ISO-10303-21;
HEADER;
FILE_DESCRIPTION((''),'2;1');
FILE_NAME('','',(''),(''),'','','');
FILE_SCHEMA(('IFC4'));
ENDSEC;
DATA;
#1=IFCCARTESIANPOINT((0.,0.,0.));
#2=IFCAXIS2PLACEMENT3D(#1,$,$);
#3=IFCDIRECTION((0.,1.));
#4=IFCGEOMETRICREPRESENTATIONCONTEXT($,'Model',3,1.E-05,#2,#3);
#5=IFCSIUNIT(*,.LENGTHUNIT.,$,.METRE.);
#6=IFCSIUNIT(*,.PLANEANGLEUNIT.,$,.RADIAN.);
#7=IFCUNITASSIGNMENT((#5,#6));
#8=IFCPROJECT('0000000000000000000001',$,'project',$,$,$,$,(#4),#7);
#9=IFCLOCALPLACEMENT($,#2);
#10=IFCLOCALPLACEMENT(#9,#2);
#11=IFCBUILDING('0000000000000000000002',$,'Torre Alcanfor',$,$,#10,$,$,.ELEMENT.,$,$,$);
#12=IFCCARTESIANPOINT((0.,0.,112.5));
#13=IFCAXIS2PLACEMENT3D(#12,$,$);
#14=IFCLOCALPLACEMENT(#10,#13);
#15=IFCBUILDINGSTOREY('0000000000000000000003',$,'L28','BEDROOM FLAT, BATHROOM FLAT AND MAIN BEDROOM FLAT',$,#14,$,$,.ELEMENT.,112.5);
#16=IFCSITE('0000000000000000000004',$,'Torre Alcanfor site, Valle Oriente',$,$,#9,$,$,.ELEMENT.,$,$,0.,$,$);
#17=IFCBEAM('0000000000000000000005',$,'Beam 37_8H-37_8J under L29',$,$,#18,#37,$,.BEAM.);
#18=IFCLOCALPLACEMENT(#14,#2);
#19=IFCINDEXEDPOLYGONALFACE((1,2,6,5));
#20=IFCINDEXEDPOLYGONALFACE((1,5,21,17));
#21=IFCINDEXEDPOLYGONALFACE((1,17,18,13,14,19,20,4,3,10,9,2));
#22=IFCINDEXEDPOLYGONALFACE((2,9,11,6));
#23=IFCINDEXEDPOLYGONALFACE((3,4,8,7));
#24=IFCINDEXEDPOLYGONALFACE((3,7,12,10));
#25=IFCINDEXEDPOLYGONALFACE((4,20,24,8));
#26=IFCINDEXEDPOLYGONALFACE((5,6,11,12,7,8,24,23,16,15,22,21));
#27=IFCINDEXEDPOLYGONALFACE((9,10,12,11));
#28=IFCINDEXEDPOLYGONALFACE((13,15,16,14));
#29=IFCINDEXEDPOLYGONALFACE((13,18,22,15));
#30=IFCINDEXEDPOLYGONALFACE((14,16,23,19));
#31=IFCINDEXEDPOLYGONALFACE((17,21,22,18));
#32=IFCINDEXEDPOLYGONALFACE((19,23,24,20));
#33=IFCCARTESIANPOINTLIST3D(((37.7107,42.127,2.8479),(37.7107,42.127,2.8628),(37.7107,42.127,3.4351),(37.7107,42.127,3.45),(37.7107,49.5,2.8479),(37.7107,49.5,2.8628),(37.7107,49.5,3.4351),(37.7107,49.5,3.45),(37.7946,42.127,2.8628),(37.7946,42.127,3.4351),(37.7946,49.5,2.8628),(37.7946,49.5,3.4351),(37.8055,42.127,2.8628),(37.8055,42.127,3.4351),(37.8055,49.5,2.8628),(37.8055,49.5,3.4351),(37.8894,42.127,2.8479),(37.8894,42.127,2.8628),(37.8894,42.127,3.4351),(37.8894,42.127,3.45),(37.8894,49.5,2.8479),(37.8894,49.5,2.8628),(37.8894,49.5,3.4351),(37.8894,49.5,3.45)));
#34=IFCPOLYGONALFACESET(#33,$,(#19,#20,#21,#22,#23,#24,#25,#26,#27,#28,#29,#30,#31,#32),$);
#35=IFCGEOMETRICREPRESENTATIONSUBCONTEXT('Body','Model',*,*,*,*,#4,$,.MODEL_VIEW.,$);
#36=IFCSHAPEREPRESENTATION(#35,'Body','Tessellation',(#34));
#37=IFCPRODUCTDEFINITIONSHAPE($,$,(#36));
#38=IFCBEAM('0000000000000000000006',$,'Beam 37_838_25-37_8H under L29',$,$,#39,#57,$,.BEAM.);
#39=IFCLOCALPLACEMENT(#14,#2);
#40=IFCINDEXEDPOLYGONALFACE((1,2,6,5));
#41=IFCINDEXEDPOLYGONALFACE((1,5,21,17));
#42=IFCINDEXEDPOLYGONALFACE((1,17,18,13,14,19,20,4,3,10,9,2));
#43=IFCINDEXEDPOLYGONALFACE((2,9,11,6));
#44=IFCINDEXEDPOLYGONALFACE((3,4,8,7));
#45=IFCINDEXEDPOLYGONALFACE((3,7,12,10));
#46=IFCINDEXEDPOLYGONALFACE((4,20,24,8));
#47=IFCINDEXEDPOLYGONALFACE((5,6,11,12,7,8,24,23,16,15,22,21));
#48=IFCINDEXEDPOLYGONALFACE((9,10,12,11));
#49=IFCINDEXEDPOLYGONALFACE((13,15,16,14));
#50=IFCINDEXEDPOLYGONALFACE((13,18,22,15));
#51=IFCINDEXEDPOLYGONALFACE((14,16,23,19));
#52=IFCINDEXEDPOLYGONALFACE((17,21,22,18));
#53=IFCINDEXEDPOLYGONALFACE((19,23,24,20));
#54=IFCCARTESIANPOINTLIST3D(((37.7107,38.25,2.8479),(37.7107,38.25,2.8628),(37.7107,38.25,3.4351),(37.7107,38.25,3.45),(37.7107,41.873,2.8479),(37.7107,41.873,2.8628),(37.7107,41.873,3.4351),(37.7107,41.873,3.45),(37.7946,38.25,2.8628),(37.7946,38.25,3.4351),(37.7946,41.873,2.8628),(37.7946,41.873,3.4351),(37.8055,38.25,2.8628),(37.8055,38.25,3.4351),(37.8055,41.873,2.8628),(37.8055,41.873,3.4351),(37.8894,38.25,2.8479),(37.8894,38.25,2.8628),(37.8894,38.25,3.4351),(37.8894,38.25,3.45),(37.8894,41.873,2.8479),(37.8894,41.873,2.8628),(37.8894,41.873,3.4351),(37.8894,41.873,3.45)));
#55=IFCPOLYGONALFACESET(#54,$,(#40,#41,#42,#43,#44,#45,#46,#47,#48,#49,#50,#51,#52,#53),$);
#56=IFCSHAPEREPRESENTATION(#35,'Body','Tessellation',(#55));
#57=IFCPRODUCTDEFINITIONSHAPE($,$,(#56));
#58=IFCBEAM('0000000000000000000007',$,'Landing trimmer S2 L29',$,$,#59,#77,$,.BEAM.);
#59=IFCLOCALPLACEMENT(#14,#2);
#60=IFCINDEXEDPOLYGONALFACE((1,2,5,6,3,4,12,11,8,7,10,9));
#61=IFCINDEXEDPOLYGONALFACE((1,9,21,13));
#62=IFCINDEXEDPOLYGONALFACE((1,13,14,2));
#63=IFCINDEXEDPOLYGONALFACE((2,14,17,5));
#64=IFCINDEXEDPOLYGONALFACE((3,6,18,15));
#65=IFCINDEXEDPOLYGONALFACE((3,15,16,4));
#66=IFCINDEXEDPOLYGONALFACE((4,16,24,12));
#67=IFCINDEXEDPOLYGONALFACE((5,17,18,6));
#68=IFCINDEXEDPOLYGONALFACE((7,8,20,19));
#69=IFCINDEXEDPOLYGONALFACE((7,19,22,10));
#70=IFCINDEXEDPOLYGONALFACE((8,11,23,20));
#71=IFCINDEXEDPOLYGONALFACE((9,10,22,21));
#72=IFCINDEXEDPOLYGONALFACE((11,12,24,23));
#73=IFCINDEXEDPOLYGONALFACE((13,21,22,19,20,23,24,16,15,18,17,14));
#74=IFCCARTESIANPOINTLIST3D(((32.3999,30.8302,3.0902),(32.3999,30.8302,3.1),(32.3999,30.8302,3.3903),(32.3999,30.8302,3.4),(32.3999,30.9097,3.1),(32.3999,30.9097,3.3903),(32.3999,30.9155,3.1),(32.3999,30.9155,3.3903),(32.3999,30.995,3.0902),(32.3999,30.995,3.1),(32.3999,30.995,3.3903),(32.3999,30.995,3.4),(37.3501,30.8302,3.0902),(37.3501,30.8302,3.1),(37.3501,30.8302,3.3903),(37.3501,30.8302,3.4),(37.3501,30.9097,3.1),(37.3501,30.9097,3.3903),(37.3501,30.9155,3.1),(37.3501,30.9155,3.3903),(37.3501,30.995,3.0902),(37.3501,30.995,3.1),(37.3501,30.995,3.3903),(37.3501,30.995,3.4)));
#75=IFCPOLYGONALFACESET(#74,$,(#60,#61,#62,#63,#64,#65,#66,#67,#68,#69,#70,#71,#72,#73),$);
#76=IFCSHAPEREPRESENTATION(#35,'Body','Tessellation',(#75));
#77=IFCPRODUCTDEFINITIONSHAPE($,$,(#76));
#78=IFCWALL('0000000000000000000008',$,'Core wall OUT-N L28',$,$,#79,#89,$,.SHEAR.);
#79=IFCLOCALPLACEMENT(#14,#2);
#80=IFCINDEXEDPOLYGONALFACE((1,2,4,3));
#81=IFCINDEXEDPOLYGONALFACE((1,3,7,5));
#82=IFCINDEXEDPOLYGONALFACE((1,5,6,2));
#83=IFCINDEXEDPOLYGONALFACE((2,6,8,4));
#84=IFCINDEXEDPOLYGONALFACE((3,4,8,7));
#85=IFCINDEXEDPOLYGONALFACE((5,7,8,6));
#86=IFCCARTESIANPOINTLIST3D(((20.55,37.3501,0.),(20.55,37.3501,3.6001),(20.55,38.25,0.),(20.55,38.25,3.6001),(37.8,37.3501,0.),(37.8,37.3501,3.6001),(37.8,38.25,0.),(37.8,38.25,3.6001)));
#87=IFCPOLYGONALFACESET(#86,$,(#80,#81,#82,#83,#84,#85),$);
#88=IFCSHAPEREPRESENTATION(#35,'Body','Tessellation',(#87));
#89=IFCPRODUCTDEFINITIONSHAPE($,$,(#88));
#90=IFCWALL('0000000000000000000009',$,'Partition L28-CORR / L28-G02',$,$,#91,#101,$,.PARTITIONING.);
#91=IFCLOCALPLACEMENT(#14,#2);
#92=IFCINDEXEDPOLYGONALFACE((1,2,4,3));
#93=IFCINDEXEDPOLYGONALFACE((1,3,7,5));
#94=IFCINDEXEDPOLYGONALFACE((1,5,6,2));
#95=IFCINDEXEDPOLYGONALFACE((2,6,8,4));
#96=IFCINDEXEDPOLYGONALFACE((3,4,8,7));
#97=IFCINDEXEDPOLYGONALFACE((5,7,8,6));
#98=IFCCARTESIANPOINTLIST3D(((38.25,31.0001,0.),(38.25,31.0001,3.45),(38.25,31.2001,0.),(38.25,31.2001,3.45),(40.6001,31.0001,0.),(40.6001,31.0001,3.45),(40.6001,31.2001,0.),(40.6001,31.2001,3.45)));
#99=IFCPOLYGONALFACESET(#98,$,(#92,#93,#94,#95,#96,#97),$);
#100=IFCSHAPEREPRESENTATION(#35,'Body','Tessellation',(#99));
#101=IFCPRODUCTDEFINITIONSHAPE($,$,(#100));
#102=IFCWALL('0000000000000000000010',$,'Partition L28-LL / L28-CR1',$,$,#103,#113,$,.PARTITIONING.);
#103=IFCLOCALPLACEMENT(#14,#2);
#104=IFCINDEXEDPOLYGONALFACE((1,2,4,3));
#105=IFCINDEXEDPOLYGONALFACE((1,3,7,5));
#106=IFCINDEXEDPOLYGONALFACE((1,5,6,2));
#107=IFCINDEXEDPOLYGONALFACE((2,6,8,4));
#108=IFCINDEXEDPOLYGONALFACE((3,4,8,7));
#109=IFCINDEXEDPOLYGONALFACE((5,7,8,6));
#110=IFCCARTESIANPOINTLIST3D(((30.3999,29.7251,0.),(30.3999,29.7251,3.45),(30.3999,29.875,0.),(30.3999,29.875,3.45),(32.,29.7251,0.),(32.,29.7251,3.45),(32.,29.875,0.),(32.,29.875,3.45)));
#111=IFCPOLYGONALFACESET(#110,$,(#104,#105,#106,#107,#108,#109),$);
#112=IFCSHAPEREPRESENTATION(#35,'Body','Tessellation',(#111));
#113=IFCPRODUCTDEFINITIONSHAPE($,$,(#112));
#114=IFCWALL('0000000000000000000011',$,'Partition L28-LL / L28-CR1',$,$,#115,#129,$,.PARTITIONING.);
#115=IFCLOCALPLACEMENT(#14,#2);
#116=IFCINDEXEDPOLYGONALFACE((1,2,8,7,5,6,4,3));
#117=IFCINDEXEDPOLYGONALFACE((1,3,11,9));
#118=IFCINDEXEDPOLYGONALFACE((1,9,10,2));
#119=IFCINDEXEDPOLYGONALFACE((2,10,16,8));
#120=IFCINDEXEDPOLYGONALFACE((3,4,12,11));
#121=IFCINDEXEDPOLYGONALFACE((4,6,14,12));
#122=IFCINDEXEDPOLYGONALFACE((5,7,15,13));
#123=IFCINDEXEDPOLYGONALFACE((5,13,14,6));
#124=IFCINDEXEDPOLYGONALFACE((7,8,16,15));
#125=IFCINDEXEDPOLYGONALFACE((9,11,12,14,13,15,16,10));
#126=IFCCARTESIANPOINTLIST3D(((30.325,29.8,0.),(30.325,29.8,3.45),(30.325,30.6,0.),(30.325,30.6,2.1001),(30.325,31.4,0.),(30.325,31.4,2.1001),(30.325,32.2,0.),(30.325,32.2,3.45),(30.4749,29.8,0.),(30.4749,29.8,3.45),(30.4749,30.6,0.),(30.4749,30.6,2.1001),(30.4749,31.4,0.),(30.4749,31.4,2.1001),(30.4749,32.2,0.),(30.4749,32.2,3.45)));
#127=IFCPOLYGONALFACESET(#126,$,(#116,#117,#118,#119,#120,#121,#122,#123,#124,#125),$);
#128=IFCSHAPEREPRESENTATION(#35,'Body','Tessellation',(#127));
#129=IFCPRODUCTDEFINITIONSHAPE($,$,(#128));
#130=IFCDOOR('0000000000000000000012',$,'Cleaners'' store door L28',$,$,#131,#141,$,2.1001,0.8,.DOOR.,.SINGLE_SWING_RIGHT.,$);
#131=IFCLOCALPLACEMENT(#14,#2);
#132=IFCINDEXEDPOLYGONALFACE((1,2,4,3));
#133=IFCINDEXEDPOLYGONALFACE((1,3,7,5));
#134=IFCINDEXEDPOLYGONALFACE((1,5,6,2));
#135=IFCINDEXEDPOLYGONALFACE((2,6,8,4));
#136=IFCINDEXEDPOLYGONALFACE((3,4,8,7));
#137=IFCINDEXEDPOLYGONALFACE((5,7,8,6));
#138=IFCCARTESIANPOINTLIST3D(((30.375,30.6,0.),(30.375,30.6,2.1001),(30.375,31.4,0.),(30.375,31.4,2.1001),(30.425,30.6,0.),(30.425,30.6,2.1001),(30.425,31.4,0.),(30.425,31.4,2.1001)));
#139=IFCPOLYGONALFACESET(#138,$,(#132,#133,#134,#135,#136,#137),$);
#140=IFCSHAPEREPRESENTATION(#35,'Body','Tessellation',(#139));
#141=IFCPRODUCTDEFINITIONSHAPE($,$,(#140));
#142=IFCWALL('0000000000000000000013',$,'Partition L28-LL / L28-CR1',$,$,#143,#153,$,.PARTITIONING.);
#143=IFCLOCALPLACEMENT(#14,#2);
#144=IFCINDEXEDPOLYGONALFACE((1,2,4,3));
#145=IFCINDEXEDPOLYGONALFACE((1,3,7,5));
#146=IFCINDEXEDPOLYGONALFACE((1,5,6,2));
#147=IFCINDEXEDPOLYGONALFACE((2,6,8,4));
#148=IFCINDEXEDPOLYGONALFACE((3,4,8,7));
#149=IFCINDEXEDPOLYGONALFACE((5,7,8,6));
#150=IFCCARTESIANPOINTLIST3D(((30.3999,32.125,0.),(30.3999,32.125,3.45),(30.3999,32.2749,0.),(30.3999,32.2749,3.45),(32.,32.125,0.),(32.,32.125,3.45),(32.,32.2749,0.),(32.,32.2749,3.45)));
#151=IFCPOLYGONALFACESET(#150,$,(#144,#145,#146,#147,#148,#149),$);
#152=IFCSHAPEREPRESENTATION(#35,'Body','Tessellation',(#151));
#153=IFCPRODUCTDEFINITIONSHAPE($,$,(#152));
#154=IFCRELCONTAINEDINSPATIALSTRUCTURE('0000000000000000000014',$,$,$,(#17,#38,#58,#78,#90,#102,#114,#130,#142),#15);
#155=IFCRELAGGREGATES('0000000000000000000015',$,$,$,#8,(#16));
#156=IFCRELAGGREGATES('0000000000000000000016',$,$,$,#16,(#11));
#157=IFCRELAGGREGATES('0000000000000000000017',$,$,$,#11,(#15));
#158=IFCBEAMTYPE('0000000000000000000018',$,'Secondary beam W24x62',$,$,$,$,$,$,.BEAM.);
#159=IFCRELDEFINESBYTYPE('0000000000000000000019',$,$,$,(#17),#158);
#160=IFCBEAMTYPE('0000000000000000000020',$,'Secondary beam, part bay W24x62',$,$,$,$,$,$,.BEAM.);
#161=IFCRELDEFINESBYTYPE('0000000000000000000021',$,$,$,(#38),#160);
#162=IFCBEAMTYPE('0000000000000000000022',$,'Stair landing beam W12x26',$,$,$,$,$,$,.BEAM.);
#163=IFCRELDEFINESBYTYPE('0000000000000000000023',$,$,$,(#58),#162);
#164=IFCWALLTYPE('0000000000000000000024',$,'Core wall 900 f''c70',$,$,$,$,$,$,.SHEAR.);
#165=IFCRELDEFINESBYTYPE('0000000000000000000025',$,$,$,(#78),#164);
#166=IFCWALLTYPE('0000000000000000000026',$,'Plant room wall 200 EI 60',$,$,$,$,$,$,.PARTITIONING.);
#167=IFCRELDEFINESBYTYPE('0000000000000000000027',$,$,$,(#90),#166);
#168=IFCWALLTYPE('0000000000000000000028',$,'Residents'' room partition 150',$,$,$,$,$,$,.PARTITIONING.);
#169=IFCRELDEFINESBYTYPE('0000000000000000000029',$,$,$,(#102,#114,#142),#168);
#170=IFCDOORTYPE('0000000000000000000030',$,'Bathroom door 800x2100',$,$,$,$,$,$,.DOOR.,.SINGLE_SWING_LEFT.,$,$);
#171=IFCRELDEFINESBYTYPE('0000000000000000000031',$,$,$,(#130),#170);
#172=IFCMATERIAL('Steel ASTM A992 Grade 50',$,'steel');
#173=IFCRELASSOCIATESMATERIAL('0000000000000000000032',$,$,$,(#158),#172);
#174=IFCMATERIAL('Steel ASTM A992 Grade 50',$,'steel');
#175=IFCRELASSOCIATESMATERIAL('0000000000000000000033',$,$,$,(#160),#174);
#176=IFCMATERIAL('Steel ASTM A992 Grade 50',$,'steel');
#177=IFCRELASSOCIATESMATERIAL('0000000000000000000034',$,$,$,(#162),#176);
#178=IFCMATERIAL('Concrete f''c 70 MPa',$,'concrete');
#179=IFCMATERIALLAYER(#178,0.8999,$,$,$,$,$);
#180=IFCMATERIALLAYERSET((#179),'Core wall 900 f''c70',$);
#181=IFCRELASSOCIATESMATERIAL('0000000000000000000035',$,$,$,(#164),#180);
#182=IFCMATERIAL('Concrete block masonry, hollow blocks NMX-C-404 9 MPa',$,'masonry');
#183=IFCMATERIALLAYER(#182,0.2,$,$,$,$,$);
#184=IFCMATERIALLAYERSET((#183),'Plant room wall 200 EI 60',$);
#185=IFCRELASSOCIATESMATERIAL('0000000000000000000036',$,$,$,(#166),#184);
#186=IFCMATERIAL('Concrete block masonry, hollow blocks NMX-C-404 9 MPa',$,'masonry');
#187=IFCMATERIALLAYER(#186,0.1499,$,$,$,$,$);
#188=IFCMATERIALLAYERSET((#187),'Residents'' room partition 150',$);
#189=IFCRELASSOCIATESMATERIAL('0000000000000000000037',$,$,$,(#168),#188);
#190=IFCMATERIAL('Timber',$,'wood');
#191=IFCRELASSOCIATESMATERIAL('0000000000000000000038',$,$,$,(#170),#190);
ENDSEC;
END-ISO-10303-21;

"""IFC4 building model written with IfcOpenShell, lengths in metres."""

from ifc_helpers import new_model, si_unit, direction, frame, frame_2d, origin, origin_2d, place, context, subcontext, project, spatial, rectangle, i_section, extrude, material, layer, layer_set, material_profile, profile_set, type_object, element, fill, save


model = new_model("IFC4")

# Units and contexts
model_context = context("Model", 3, precision=1e-05, world=origin(), true_north=direction((0.0, 1.0)))
body_context = subcontext(model_context, "Body", "Model", "MODEL_VIEW")
ifc_project = project(units=[si_unit("LENGTHUNIT", "METRE"), si_unit("PLANEANGLEUNIT", "RADIAN")], contexts=[model_context])

# Site, building, storey
site_placement = place(None, origin())
site = spatial("IfcSite", under=ifc_project, at=site_placement, Name="Torre Alcanfor site, Valle Oriente", CompositionType="ELEMENT", RefElevation=0.0)
building_placement = place(site_placement, origin())
building = spatial("IfcBuilding", under=site, at=building_placement, Name="Torre Alcanfor", CompositionType="ELEMENT")
storey_placement = place(building_placement, frame((0.0, 0.0, 112.5)))
storey = spatial("IfcBuildingStorey", under=building, at=storey_placement, Name="L28", Description="BEDROOM FLAT, BATHROOM FLAT AND MAIN BEDROOM FLAT", CompositionType="ELEMENT", Elevation=112.5)

# Beams
ifc_material_1 = material(Name="Steel ASTM A992 Grade 50", Category="steel")
ifc_material_profile_1 = material_profile(ifc_material_1, i_section(OverallWidth=0.1787, OverallDepth=0.6021, WebThickness=0.011, FlangeThickness=0.0149, at=origin_2d()), Name="W24x62")
ifc_profile_set_1 = profile_set([ifc_material_profile_1], Name="Steel ASTM A992 Grade 50")
beam_type_1 = type_object("IfcBeamType", Name="Secondary beam W24x62", PredefinedType="BEAM", material=ifc_profile_set_1)
beam_1_placement = place(storey_placement, frame((37.8, 42.127, 3.1489), z_axis=(0.0, 1.0, 0.0), x_axis=(-1.0, 0.0, 0.0)))
element("IfcBeam", 1, at=beam_1_placement, inside=storey, type_object=beam_type_1, Name="Beam 37_8H-37_8J under L29", PredefinedType="BEAM", context=body_context, shape_type="SweptSolid", body=[
    extrude(i_section(OverallWidth=0.1787, OverallDepth=0.6021, WebThickness=0.011, FlangeThickness=0.0149, at=origin_2d()), origin(), (0.0, 0.0, 1.0), 7.373),
])
ifc_material_2 = material(Name="Steel ASTM A992 Grade 50", Category="steel")
ifc_material_profile_2 = material_profile(ifc_material_2, i_section(OverallWidth=0.1787, OverallDepth=0.6021, WebThickness=0.011, FlangeThickness=0.0149, at=origin_2d()), Name="W24x62")
ifc_profile_set_2 = profile_set([ifc_material_profile_2], Name="Steel ASTM A992 Grade 50")
beam_type_2 = type_object("IfcBeamType", Name="Secondary beam, part bay W24x62", PredefinedType="BEAM", material=ifc_profile_set_2)
beam_2_placement = place(storey_placement, frame((37.8, 38.25, 3.1489), z_axis=(0.0, 1.0, 0.0), x_axis=(-1.0, 0.0, 0.0)))
element("IfcBeam", 2, at=beam_2_placement, inside=storey, type_object=beam_type_2, Name="Beam 37_838_25-37_8H under L29", PredefinedType="BEAM", context=body_context, shape_type="SweptSolid", body=[
    extrude(i_section(OverallWidth=0.1787, OverallDepth=0.6021, WebThickness=0.011, FlangeThickness=0.0149, at=origin_2d()), origin(), (0.0, 0.0, 1.0), 3.623),
])
ifc_material_3 = material(Name="Steel ASTM A992 Grade 50", Category="steel")
ifc_material_profile_3 = material_profile(ifc_material_3, i_section(OverallWidth=0.1648, OverallDepth=0.3098, WebThickness=0.0059, FlangeThickness=0.0098, at=origin_2d()), Name="W12x26")
ifc_profile_set_3 = profile_set([ifc_material_profile_3], Name="Steel ASTM A992 Grade 50")
beam_type_3 = type_object("IfcBeamType", Name="Stair landing beam W12x26", PredefinedType="BEAM", material=ifc_profile_set_3)
beam_3_placement = place(storey_placement, frame((32.3999, 30.9126, 3.2451), z_axis=(1.0, 0.0, 0.0), x_axis=(0.0, 1.0, 0.0)))
element("IfcBeam", 3, at=beam_3_placement, inside=storey, type_object=beam_type_3, Name="Landing trimmer S2 L29", PredefinedType="BEAM", context=body_context, shape_type="SweptSolid", body=[
    extrude(i_section(OverallWidth=0.1648, OverallDepth=0.3098, WebThickness=0.0059, FlangeThickness=0.0098, at=origin_2d()), origin(), (0.0, 0.0, 1.0), 4.9502),
])

# Walls
ifc_material_4 = material(Name="Concrete f'c 70 MPa", Category="concrete")
ifc_layer_1 = layer(ifc_material_4, 0.8999)
ifc_layer_set_1 = layer_set([ifc_layer_1], Name="Core wall 900 f'c70")
wall_type_1 = type_object("IfcWallType", Name="Core wall 900 f'c70", PredefinedType="SHEAR", material=ifc_layer_set_1)
wall_1_placement = place(storey_placement, frame((37.8, 37.8, 0.0), z_axis=(0.0, 0.0, 1.0), x_axis=(-1.0, 0.0, 0.0)))
element("IfcWall", 4, at=wall_1_placement, inside=storey, type_object=wall_type_1, Name="Core wall OUT-N L28", PredefinedType="SHEAR", context=body_context, shape_type="SweptSolid", body=[
    extrude(rectangle(XDim=17.25, YDim=0.8999, at=frame_2d((8.625, 0.0))), origin(), (0.0, 0.0, 1.0), 3.6001),
])
ifc_material_5 = material(Name="Concrete block masonry, hollow blocks NMX-C-404 9 MPa", Category="masonry")
ifc_layer_2 = layer(ifc_material_5, 0.2)
ifc_layer_set_2 = layer_set([ifc_layer_2], Name="Plant room wall 200 EI 60")
wall_type_2 = type_object("IfcWallType", Name="Plant room wall 200 EI 60", PredefinedType="PARTITIONING", material=ifc_layer_set_2)
wall_2_placement = place(storey_placement, frame((40.6001, 31.1001, 0.0), z_axis=(0.0, 0.0, 1.0), x_axis=(-1.0, 0.0, 0.0)))
element("IfcWall", 5, at=wall_2_placement, inside=storey, type_object=wall_type_2, Name="Partition L28-CORR / L28-G02", PredefinedType="PARTITIONING", context=body_context, shape_type="SweptSolid", body=[
    extrude(rectangle(XDim=2.3501, YDim=0.2, at=frame_2d((1.175, 0.0))), origin(), (0.0, 0.0, 1.0), 3.45),
])
ifc_material_6 = material(Name="Concrete block masonry, hollow blocks NMX-C-404 9 MPa", Category="masonry")
ifc_layer_3 = layer(ifc_material_6, 0.1499)
ifc_layer_set_3 = layer_set([ifc_layer_3], Name="Residents' room partition 150")
wall_type_3 = type_object("IfcWallType", Name="Residents' room partition 150", PredefinedType="PARTITIONING", material=ifc_layer_set_3)
wall_3_placement = place(storey_placement, frame((32.0, 29.8, 0.0), z_axis=(0.0, 0.0, 1.0), x_axis=(-1.0, 0.0, 0.0)))
element("IfcWall", 6, at=wall_3_placement, inside=storey, type_object=wall_type_3, Name="Partition L28-LL / L28-CR1", PredefinedType="PARTITIONING", context=body_context, shape_type="SweptSolid", body=[
    extrude(rectangle(XDim=1.6001, YDim=0.1499, at=frame_2d((0.8, 0.0))), origin(), (0.0, 0.0, 1.0), 3.45),
])

# Wall, opening, door
wall_4_placement = place(storey_placement, frame((30.3999, 29.8, 0.0), z_axis=(0.0, 0.0, 1.0), x_axis=(0.0, 1.0, 0.0)))
wall_4 = element("IfcWall", 7, at=wall_4_placement, inside=storey, type_object=wall_type_3, Name="Partition L28-LL / L28-CR1", PredefinedType="PARTITIONING", context=body_context, shape_type="SweptSolid", body=[
    extrude(rectangle(XDim=2.3999, YDim=0.1499, at=frame_2d((1.2, 0.0))), origin(), (0.0, 0.0, 1.0), 3.45),
])
opening_placement = place(wall_4_placement, frame((0.8, 0.0, 0.0)))
opening = element("IfcOpeningElement", 8, at=opening_placement, cuts=wall_4, PredefinedType="OPENING", context=body_context, shape_type="SweptSolid", body=[
    extrude(rectangle(XDim=0.8, YDim=2.1001, at=frame_2d((0.3999, 1.05))), frame((0.0, 0.085, 0.0), z_axis=(0.0, -1.0, 0.0), x_axis=(1.0, 0.0, 0.0)), (0.0, 0.0, 1.0), 0.1699),
])
ifc_material_7 = material(Name="Timber", Category="wood")
door_type = type_object("IfcDoorType", Name="Bathroom door 800x2100", OperationType="SINGLE_SWING_LEFT", PredefinedType="DOOR", material=ifc_material_7)
door_placement = place(opening_placement, frame((0.8, 0.0, 0.0), z_axis=(0.0, 0.0, 1.0), x_axis=(-1.0, 0.0, 0.0)))
door = element("IfcDoor", 9, at=door_placement, inside=storey, type_object=door_type, Name="Cleaners' store door L28", OperationType="SINGLE_SWING_RIGHT", OverallHeight=2.1001, OverallWidth=0.8, PredefinedType="DOOR", context=body_context, shape_type="SweptSolid", body=[
    extrude(rectangle(XDim=0.8, YDim=2.1001, at=frame_2d((0.4001, 1.05))), frame((0.0, 0.0251, 0.0), z_axis=(0.0, -1.0, 0.0), x_axis=(1.0, 0.0, 0.0)), (0.0, 0.0, 1.0), 0.05),
])
fill(opening, door)

# Wall
wall_5_placement = place(storey_placement, frame((30.3999, 32.2, 0.0), z_axis=(0.0, 0.0, 1.0), x_axis=(1.0, 0.0, 0.0)))
element("IfcWall", 10, at=wall_5_placement, inside=storey, type_object=wall_type_3, Name="Partition L28-LL / L28-CR1", PredefinedType="PARTITIONING", context=body_context, shape_type="SweptSolid", body=[
    extrude(rectangle(XDim=1.6001, YDim=0.1499, at=frame_2d((0.8, 0.0))), origin(), (0.0, 0.0, 1.0), 3.45),
])

save(model, "model.ifc")
